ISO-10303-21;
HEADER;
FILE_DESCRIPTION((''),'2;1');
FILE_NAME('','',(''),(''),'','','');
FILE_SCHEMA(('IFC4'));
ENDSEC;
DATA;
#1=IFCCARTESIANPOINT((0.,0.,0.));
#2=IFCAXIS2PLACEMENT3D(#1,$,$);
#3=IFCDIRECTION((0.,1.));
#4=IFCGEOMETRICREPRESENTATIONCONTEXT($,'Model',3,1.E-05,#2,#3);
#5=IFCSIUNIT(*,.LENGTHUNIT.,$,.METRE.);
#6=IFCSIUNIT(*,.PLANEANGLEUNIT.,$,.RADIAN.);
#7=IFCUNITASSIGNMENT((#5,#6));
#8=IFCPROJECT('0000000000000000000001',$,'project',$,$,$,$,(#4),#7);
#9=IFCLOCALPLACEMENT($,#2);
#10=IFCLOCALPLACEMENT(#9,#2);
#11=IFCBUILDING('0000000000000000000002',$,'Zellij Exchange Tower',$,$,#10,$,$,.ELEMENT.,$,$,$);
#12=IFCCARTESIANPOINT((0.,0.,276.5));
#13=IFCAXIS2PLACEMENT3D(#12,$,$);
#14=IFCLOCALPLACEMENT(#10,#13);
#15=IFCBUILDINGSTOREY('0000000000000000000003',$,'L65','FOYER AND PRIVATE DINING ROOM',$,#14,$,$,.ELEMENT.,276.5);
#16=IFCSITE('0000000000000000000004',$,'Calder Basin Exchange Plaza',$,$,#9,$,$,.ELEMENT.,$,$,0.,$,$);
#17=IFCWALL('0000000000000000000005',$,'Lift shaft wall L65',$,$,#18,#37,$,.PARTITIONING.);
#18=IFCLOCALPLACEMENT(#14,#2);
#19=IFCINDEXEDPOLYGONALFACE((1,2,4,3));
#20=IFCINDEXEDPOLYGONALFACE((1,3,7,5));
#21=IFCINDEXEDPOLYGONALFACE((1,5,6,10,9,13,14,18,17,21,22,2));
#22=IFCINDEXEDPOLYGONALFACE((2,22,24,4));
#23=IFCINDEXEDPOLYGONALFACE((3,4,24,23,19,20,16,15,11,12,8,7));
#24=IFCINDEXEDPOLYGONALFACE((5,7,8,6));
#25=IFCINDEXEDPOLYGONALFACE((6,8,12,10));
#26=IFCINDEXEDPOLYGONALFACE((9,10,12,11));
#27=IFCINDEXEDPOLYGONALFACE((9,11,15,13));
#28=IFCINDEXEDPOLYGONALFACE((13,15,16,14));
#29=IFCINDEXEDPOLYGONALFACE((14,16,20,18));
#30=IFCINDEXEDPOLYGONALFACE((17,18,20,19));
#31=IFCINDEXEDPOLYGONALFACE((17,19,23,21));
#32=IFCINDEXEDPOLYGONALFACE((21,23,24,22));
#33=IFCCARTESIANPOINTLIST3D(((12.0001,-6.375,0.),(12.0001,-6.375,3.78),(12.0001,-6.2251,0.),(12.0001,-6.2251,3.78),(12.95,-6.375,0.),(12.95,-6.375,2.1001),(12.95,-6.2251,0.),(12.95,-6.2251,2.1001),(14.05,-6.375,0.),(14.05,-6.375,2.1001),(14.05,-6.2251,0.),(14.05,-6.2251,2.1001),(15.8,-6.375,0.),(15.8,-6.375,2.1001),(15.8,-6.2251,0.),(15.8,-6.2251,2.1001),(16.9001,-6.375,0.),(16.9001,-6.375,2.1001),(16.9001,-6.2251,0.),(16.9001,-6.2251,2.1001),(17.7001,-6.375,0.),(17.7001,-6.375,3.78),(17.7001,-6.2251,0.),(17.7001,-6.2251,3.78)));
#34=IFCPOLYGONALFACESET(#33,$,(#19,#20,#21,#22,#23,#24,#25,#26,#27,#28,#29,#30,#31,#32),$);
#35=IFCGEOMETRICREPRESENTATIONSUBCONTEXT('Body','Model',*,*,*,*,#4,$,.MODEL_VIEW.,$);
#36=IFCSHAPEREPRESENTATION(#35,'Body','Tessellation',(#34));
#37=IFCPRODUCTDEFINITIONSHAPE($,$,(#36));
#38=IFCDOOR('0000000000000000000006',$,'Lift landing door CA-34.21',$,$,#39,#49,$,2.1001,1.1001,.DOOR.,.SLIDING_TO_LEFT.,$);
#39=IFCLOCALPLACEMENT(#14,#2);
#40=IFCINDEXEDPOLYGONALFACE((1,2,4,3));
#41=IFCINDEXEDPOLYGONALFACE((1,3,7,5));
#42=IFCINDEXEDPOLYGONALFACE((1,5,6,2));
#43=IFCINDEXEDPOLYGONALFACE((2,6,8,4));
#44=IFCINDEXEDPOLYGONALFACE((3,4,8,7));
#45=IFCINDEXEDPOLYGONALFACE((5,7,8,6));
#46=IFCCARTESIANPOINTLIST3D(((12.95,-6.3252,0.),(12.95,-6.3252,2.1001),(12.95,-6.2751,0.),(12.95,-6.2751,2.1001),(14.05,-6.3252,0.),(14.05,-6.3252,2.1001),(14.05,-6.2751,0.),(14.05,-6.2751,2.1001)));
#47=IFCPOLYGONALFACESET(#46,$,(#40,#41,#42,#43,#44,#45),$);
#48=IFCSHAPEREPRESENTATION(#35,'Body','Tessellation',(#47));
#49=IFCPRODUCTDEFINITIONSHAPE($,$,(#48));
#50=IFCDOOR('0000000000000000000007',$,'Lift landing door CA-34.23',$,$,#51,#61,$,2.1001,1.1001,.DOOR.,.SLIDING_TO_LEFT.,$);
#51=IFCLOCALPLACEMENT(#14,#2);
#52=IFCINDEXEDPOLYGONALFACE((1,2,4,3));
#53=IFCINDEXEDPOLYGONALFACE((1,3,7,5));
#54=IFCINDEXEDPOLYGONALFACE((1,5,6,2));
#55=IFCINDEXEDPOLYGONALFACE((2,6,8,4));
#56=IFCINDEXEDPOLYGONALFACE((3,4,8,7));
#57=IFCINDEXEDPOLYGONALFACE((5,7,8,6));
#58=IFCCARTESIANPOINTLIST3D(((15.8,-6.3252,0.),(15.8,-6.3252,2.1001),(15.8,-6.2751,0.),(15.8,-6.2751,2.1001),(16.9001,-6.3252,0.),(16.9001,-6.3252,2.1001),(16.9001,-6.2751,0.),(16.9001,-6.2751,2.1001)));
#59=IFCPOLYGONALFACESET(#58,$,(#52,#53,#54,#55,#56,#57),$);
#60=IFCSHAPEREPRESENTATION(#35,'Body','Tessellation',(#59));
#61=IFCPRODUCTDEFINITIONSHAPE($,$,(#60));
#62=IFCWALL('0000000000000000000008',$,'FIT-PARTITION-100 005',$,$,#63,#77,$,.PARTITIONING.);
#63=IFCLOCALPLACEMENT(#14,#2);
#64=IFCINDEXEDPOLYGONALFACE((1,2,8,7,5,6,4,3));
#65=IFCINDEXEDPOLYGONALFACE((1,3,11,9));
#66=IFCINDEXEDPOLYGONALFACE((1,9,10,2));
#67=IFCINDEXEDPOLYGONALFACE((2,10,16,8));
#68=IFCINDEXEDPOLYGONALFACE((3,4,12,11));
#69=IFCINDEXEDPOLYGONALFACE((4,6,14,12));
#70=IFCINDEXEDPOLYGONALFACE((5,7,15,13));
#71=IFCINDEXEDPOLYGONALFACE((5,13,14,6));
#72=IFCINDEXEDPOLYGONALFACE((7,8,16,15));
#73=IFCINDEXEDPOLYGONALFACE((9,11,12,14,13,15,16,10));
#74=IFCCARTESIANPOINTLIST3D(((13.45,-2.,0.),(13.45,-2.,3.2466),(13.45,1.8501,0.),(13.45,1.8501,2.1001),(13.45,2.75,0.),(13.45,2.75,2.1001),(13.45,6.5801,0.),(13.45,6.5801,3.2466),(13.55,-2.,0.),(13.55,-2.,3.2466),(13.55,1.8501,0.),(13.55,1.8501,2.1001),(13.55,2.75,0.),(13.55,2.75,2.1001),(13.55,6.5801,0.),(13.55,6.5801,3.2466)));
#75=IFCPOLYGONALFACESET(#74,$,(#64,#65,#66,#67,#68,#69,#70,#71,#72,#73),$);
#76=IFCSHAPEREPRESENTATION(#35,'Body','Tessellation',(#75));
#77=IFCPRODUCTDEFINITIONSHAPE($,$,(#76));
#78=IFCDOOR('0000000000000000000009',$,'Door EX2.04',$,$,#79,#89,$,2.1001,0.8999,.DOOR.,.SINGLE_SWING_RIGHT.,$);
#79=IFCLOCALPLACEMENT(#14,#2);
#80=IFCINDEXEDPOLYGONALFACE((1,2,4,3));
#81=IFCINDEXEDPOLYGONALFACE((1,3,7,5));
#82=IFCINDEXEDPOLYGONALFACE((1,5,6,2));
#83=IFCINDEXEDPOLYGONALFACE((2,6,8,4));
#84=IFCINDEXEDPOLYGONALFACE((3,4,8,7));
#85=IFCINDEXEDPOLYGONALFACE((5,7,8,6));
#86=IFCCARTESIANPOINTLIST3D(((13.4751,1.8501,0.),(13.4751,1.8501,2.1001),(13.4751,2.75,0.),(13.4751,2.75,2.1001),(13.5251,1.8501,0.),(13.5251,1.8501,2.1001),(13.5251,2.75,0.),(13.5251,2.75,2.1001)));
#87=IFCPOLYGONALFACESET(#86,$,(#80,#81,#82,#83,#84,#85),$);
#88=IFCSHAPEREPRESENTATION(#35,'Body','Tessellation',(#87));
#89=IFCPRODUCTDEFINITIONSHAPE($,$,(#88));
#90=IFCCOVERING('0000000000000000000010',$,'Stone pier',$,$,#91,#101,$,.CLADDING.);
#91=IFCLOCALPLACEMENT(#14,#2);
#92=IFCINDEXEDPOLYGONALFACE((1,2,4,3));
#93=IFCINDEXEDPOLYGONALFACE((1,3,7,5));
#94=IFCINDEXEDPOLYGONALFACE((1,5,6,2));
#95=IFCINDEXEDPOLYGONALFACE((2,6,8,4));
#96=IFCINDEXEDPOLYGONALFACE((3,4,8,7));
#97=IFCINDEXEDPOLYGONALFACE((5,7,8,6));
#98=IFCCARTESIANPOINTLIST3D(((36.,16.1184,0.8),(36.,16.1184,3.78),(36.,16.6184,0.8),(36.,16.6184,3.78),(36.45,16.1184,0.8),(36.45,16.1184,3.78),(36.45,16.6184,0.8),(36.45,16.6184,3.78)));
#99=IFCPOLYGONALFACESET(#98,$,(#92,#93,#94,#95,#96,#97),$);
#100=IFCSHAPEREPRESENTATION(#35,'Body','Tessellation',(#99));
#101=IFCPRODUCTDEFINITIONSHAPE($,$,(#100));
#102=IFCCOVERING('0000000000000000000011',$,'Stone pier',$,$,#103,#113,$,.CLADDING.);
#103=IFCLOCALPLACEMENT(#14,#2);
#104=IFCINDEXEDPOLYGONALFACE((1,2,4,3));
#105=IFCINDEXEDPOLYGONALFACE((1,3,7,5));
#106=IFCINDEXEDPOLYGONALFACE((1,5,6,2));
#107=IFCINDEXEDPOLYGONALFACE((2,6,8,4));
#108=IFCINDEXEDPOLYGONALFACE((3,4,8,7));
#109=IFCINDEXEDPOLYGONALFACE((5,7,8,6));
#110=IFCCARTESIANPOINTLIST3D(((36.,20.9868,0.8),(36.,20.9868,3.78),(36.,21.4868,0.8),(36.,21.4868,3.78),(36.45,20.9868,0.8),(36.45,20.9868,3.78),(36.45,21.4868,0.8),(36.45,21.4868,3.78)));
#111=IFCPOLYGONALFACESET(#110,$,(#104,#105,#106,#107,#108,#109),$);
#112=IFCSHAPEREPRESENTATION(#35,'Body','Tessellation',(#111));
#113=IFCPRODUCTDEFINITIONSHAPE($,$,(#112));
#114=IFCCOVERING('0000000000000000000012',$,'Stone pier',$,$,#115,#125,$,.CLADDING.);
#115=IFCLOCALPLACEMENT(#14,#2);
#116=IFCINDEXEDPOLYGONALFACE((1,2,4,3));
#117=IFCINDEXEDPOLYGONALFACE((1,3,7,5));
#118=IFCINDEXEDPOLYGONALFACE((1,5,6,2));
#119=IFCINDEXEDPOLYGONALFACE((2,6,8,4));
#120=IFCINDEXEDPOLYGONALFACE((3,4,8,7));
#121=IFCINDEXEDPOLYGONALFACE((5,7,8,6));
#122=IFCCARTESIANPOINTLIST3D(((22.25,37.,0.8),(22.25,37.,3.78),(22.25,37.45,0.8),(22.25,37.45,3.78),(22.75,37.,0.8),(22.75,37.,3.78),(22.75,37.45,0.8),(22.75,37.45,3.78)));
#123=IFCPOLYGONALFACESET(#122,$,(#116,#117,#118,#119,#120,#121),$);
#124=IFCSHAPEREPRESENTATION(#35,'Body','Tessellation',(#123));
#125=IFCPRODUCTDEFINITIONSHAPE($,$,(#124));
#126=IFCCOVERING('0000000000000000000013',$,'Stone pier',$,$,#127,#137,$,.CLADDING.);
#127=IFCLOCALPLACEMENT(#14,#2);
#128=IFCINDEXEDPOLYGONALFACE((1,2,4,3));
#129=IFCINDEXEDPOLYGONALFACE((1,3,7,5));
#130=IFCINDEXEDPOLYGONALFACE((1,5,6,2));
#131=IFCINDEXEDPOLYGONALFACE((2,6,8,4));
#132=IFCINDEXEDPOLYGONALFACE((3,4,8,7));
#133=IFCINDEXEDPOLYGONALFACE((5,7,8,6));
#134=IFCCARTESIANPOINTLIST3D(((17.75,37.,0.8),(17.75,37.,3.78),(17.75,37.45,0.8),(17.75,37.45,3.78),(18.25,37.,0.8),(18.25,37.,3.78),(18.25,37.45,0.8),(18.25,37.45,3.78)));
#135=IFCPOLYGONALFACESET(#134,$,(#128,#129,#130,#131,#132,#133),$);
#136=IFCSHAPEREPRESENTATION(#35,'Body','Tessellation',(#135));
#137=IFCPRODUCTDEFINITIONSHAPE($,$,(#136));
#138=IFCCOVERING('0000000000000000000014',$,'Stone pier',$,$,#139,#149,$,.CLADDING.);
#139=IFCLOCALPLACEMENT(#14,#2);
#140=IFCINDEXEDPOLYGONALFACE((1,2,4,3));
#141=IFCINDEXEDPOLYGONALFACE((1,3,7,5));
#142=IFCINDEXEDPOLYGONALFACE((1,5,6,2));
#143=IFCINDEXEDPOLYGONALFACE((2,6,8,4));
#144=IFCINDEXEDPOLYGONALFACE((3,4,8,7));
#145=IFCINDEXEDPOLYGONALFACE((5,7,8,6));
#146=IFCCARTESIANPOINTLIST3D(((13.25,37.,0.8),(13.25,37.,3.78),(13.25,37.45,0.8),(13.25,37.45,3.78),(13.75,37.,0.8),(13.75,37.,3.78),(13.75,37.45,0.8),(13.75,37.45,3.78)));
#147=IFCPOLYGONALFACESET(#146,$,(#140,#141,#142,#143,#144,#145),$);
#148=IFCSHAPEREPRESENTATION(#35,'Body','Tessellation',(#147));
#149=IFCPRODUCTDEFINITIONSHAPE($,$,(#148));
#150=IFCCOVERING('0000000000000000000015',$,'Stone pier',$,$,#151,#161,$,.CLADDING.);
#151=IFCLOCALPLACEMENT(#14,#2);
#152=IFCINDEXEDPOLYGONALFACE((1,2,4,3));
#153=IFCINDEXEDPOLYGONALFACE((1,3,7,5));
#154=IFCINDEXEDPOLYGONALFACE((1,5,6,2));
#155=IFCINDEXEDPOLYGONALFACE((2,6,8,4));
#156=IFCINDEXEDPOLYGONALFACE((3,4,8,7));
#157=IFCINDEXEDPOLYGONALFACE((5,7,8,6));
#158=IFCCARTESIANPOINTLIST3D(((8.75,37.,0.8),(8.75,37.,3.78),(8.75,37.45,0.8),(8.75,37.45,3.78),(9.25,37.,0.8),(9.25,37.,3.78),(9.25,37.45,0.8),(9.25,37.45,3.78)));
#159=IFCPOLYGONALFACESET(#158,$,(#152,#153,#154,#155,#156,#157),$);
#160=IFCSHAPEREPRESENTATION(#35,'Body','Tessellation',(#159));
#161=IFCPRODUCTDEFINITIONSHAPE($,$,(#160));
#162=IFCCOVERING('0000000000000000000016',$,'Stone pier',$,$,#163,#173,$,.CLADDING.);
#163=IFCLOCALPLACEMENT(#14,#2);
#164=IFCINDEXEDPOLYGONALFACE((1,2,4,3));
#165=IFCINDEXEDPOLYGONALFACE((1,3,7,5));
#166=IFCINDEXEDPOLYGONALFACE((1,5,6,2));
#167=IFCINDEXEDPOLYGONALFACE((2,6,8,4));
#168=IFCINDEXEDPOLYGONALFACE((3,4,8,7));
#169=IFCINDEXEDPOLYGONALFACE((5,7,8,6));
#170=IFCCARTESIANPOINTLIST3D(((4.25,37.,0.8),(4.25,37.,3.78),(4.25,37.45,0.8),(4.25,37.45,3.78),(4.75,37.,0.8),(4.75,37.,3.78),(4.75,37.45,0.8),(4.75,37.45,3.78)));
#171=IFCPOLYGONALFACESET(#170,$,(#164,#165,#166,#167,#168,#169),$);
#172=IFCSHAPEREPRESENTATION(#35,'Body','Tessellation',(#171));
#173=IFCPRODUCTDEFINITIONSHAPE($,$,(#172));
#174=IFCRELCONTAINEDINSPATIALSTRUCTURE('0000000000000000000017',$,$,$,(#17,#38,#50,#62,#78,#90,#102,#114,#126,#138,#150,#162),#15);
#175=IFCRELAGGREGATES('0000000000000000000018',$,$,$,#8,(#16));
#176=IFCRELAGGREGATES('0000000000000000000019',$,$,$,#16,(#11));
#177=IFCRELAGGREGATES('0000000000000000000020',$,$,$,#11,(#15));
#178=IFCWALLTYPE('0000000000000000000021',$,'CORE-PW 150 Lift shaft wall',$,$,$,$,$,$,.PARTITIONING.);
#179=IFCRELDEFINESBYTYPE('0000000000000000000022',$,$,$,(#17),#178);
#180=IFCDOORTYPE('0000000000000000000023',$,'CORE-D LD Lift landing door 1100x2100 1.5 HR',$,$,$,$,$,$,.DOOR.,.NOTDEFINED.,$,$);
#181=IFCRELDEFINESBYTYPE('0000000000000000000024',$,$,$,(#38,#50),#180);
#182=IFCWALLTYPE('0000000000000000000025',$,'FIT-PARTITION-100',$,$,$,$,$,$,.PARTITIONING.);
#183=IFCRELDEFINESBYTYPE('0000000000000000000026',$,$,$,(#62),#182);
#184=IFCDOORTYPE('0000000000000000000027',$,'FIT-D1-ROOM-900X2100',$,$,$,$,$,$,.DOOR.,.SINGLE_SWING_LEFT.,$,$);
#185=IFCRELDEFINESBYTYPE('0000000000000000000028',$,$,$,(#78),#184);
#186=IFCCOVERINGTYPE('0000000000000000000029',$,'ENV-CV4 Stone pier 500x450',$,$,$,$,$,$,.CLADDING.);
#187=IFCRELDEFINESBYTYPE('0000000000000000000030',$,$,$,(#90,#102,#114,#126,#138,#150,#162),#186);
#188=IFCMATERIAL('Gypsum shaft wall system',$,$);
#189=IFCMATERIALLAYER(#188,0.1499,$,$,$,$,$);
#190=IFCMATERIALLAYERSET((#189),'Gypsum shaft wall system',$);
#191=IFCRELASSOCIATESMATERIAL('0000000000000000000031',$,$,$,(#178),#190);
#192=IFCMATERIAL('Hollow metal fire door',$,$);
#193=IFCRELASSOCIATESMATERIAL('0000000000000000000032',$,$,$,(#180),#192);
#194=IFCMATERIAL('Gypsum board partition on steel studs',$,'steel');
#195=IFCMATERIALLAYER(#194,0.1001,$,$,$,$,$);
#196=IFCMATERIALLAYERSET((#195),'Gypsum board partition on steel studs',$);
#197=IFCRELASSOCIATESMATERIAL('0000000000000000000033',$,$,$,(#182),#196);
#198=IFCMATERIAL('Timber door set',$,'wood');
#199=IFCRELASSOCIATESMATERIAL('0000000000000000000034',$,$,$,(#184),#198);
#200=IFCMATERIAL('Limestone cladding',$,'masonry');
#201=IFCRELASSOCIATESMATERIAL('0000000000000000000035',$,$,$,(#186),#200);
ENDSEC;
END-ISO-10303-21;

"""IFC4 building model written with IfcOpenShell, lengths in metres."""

from ifc_helpers import new_model, si_unit, direction, frame, frame_2d, origin, place, context, subcontext, project, spatial, polyline, rectangle, outline, extrude, material, layer, layer_set, type_object, element, fill, save


model = new_model("IFC4")

# Units and contexts
model_context = context("Model", 3, precision=1e-05, world=origin(), true_north=direction((0.0, 1.0)))
body_context = subcontext(model_context, "Body", "Model", "MODEL_VIEW")
ifc_project = project(units=[si_unit("LENGTHUNIT", "METRE"), si_unit("PLANEANGLEUNIT", "RADIAN")], contexts=[model_context])

# Site, building, storey
site_placement = place(None, origin())
site = spatial("IfcSite", under=ifc_project, at=site_placement, Name="Calder Basin Exchange Plaza", CompositionType="ELEMENT", RefElevation=0.0)
building_placement = place(site_placement, origin())
building = spatial("IfcBuilding", under=site, at=building_placement, Name="Zellij Exchange Tower", CompositionType="ELEMENT")
storey_placement = place(building_placement, frame((0.0, 0.0, 276.5)))
storey = spatial("IfcBuildingStorey", under=building, at=storey_placement, Name="L65", Description="FOYER AND PRIVATE DINING ROOM", CompositionType="ELEMENT", Elevation=276.5)

# Shared definitions
ifc_material_1 = material(Name="Gypsum shaft wall system")
ifc_layer_1 = layer(ifc_material_1, 0.1499)
ifc_layer_set_1 = layer_set([ifc_layer_1], Name="Gypsum shaft wall system")
wall_type_1 = type_object("IfcWallType", Name="CORE-PW 150 Lift shaft wall", PredefinedType="PARTITIONING", material=ifc_layer_set_1)

# Shared definitions
ifc_material_2 = material(Name="Hollow metal fire door")
door_type_1 = type_object("IfcDoorType", Name="CORE-D LD Lift landing door 1100x2100 1.5 HR", OperationType="NOTDEFINED", PredefinedType="DOOR", material=ifc_material_2)

# Wall, openings, doors
wall_1_placement = place(storey_placement, frame((12.0, -6.3, 0.0), z_axis=(0.0, 0.0, 1.0), x_axis=(1.0, 0.0, 0.0)))
wall_1 = element("IfcWall", 1, at=wall_1_placement, inside=storey, type_object=wall_type_1, Name="Lift shaft wall L65", PredefinedType="PARTITIONING", context=body_context, shape_type="SweptSolid", body=[
    extrude(rectangle(XDim=5.7, YDim=0.1499, at=frame_2d((2.8501, 0.0))), origin(), (0.0, 0.0, 1.0), 3.78),
])
opening_1_placement = place(wall_1_placement, frame((0.95, 0.0, 0.0)))
opening_1 = element("IfcOpeningElement", 2, at=opening_1_placement, cuts=wall_1, PredefinedType="OPENING", context=body_context, shape_type="SweptSolid", body=[
    extrude(rectangle(XDim=1.1001, YDim=2.1001, at=frame_2d((0.55, 1.05))), frame((0.0, 0.0869, 0.0), z_axis=(0.0, -1.0, 0.0), x_axis=(1.0, 0.0, 0.0)), (0.0, 0.0, 1.0), 0.1738),
])
opening_2_placement = place(wall_1_placement, frame((3.8, 0.0, 0.0)))
opening_2 = element("IfcOpeningElement", 3, at=opening_2_placement, cuts=wall_1, PredefinedType="OPENING", context=body_context, shape_type="SweptSolid", body=[
    extrude(rectangle(XDim=1.1001, YDim=2.1001, at=frame_2d((0.55, 1.05))), frame((0.0, 0.0869, 0.0), z_axis=(0.0, -1.0, 0.0), x_axis=(1.0, 0.0, 0.0)), (0.0, 0.0, 1.0), 0.1738),
])
door_1_placement = place(opening_1_placement, origin())
door_1 = element("IfcDoor", 4, at=door_1_placement, inside=storey, type_object=door_type_1, Name="Lift landing door CA-34.21", OperationType="SLIDING_TO_LEFT", OverallHeight=2.1001, OverallWidth=1.1001, PredefinedType="DOOR", context=body_context, shape_type="SweptSolid", body=[
    extrude(rectangle(XDim=1.1001, YDim=2.1001, at=frame_2d((0.55, 1.05))), frame((0.0, 0.0249, 0.0), z_axis=(0.0, -1.0, 0.0), x_axis=(1.0, 0.0, 0.0)), (0.0, 0.0, 1.0), 0.05),
])
fill(opening_1, door_1)
door_2_placement = place(opening_2_placement, origin())
door_2 = element("IfcDoor", 5, at=door_2_placement, inside=storey, type_object=door_type_1, Name="Lift landing door CA-34.23", OperationType="SLIDING_TO_LEFT", OverallHeight=2.1001, OverallWidth=1.1001, PredefinedType="DOOR", context=body_context, shape_type="SweptSolid", body=[
    extrude(rectangle(XDim=1.1001, YDim=2.1001, at=frame_2d((0.55, 1.05))), frame((0.0, 0.0249, 0.0), z_axis=(0.0, -1.0, 0.0), x_axis=(1.0, 0.0, 0.0)), (0.0, 0.0, 1.0), 0.05),
])
fill(opening_2, door_2)

# Wall, opening, door
ifc_material_3 = material(Name="Gypsum board partition on steel studs", Category="steel")
ifc_layer_2 = layer(ifc_material_3, 0.1001)
ifc_layer_set_2 = layer_set([ifc_layer_2], Name="Gypsum board partition on steel studs")
wall_type_2 = type_object("IfcWallType", Name="FIT-PARTITION-100", PredefinedType="PARTITIONING", material=ifc_layer_set_2)
wall_2_placement = place(storey_placement, frame((13.5, -2.0, 0.0), z_axis=(0.0, 0.0, 1.0), x_axis=(0.0, 1.0, 0.0)))
wall_2 = element("IfcWall", 6, at=wall_2_placement, inside=storey, type_object=wall_type_2, Name="FIT-PARTITION-100 005", PredefinedType="PARTITIONING", context=body_context, shape_type="SweptSolid", body=[
    extrude(rectangle(XDim=8.5801, YDim=0.1001, at=frame_2d((4.29, 0.0))), origin(), (0.0, 0.0, 1.0), 3.2466),
])
opening_3_placement = place(wall_2_placement, frame((3.8501, 0.0, 0.0)))
opening_3 = element("IfcOpeningElement", 7, at=opening_3_placement, cuts=wall_2, PredefinedType="OPENING", context=body_context, shape_type="SweptSolid", body=[
    extrude(rectangle(XDim=0.8999, YDim=2.1001, at=frame_2d((0.45, 1.05))), frame((0.0, 0.062, 0.0), z_axis=(0.0, -1.0, 0.0), x_axis=(1.0, 0.0, 0.0)), (0.0, 0.0, 1.0), 0.124),
])
ifc_material_4 = material(Name="Timber door set", Category="wood")
door_type_2 = type_object("IfcDoorType", Name="FIT-D1-ROOM-900X2100", OperationType="SINGLE_SWING_LEFT", PredefinedType="DOOR", material=ifc_material_4)
door_3_placement = place(opening_3_placement, origin())
door_3 = element("IfcDoor", 8, at=door_3_placement, inside=storey, type_object=door_type_2, Name="Door EX2.04", OperationType="SINGLE_SWING_RIGHT", OverallHeight=2.1001, OverallWidth=0.8999, PredefinedType="DOOR", context=body_context, shape_type="SweptSolid", body=[
    extrude(rectangle(XDim=0.8999, YDim=2.1001, at=frame_2d((0.45, 1.05))), frame((0.0, 0.0249, 0.0), z_axis=(0.0, -1.0, 0.0), x_axis=(1.0, 0.0, 0.0)), (0.0, 0.0, 1.0), 0.05),
])
fill(opening_3, door_3)

# Coverings
ifc_material_5 = material(Name="Limestone cladding", Category="masonry")
covering_type = type_object("IfcCoveringType", Name="ENV-CV4 Stone pier 500x450", PredefinedType="CLADDING", material=ifc_material_5)
covering_1_placement = place(storey_placement, frame((0.0, 0.0, 0.8)))
element("IfcCovering", 9, at=covering_1_placement, inside=storey, type_object=covering_type, Name="Stone pier", PredefinedType="CLADDING", context=body_context, shape_type="SweptSolid", body=[
    extrude(outline(polyline([(36.0, 16.1184), (36.0, 16.6184), (36.45, 16.6184), (36.45, 16.1184), (36.0, 16.1184)])), origin(), (0.0, 0.0, 1.0), 2.98),
])
covering_2_placement = place(storey_placement, frame((0.0, 0.0, 0.8)))
element("IfcCovering", 10, at=covering_2_placement, inside=storey, type_object=covering_type, Name="Stone pier", PredefinedType="CLADDING", context=body_context, shape_type="SweptSolid", body=[
    extrude(outline(polyline([(36.0, 20.9868), (36.0, 21.4868), (36.45, 21.4868), (36.45, 20.9868), (36.0, 20.9868)])), origin(), (0.0, 0.0, 1.0), 2.98),
])
covering_3_placement = place(storey_placement, frame((0.0, 0.0, 0.8)))
element("IfcCovering", 11, at=covering_3_placement, inside=storey, type_object=covering_type, Name="Stone pier", PredefinedType="CLADDING", context=body_context, shape_type="SweptSolid", body=[
    extrude(outline(polyline([(22.75, 37.0), (22.25, 37.0), (22.25, 37.45), (22.75, 37.45), (22.75, 37.0)])), origin(), (0.0, 0.0, 1.0), 2.98),
])
covering_4_placement = place(storey_placement, frame((0.0, 0.0, 0.8)))
element("IfcCovering", 12, at=covering_4_placement, inside=storey, type_object=covering_type, Name="Stone pier", PredefinedType="CLADDING", context=body_context, shape_type="SweptSolid", body=[
    extrude(outline(polyline([(18.25, 37.0), (17.75, 37.0), (17.75, 37.45), (18.25, 37.45), (18.25, 37.0)])), origin(), (0.0, 0.0, 1.0), 2.98),
])
covering_5_placement = place(storey_placement, frame((0.0, 0.0, 0.8)))
element("IfcCovering", 13, at=covering_5_placement, inside=storey, type_object=covering_type, Name="Stone pier", PredefinedType="CLADDING", context=body_context, shape_type="SweptSolid", body=[
    extrude(outline(polyline([(13.75, 37.0), (13.25, 37.0), (13.25, 37.45), (13.75, 37.45), (13.75, 37.0)])), origin(), (0.0, 0.0, 1.0), 2.98),
])
covering_6_placement = place(storey_placement, frame((0.0, 0.0, 0.8)))
element("IfcCovering", 14, at=covering_6_placement, inside=storey, type_object=covering_type, Name="Stone pier", PredefinedType="CLADDING", context=body_context, shape_type="SweptSolid", body=[
    extrude(outline(polyline([(9.25, 37.0), (8.75, 37.0), (8.75, 37.45), (9.25, 37.45), (9.25, 37.0)])), origin(), (0.0, 0.0, 1.0), 2.98),
])
covering_7_placement = place(storey_placement, frame((0.0, 0.0, 0.8)))
element("IfcCovering", 15, at=covering_7_placement, inside=storey, type_object=covering_type, Name="Stone pier", PredefinedType="CLADDING", context=body_context, shape_type="SweptSolid", body=[
    extrude(outline(polyline([(4.75, 37.0), (4.25, 37.0), (4.25, 37.45), (4.75, 37.45), (4.75, 37.0)])), origin(), (0.0, 0.0, 1.0), 2.98),
])

save(model, "model.ifc")
